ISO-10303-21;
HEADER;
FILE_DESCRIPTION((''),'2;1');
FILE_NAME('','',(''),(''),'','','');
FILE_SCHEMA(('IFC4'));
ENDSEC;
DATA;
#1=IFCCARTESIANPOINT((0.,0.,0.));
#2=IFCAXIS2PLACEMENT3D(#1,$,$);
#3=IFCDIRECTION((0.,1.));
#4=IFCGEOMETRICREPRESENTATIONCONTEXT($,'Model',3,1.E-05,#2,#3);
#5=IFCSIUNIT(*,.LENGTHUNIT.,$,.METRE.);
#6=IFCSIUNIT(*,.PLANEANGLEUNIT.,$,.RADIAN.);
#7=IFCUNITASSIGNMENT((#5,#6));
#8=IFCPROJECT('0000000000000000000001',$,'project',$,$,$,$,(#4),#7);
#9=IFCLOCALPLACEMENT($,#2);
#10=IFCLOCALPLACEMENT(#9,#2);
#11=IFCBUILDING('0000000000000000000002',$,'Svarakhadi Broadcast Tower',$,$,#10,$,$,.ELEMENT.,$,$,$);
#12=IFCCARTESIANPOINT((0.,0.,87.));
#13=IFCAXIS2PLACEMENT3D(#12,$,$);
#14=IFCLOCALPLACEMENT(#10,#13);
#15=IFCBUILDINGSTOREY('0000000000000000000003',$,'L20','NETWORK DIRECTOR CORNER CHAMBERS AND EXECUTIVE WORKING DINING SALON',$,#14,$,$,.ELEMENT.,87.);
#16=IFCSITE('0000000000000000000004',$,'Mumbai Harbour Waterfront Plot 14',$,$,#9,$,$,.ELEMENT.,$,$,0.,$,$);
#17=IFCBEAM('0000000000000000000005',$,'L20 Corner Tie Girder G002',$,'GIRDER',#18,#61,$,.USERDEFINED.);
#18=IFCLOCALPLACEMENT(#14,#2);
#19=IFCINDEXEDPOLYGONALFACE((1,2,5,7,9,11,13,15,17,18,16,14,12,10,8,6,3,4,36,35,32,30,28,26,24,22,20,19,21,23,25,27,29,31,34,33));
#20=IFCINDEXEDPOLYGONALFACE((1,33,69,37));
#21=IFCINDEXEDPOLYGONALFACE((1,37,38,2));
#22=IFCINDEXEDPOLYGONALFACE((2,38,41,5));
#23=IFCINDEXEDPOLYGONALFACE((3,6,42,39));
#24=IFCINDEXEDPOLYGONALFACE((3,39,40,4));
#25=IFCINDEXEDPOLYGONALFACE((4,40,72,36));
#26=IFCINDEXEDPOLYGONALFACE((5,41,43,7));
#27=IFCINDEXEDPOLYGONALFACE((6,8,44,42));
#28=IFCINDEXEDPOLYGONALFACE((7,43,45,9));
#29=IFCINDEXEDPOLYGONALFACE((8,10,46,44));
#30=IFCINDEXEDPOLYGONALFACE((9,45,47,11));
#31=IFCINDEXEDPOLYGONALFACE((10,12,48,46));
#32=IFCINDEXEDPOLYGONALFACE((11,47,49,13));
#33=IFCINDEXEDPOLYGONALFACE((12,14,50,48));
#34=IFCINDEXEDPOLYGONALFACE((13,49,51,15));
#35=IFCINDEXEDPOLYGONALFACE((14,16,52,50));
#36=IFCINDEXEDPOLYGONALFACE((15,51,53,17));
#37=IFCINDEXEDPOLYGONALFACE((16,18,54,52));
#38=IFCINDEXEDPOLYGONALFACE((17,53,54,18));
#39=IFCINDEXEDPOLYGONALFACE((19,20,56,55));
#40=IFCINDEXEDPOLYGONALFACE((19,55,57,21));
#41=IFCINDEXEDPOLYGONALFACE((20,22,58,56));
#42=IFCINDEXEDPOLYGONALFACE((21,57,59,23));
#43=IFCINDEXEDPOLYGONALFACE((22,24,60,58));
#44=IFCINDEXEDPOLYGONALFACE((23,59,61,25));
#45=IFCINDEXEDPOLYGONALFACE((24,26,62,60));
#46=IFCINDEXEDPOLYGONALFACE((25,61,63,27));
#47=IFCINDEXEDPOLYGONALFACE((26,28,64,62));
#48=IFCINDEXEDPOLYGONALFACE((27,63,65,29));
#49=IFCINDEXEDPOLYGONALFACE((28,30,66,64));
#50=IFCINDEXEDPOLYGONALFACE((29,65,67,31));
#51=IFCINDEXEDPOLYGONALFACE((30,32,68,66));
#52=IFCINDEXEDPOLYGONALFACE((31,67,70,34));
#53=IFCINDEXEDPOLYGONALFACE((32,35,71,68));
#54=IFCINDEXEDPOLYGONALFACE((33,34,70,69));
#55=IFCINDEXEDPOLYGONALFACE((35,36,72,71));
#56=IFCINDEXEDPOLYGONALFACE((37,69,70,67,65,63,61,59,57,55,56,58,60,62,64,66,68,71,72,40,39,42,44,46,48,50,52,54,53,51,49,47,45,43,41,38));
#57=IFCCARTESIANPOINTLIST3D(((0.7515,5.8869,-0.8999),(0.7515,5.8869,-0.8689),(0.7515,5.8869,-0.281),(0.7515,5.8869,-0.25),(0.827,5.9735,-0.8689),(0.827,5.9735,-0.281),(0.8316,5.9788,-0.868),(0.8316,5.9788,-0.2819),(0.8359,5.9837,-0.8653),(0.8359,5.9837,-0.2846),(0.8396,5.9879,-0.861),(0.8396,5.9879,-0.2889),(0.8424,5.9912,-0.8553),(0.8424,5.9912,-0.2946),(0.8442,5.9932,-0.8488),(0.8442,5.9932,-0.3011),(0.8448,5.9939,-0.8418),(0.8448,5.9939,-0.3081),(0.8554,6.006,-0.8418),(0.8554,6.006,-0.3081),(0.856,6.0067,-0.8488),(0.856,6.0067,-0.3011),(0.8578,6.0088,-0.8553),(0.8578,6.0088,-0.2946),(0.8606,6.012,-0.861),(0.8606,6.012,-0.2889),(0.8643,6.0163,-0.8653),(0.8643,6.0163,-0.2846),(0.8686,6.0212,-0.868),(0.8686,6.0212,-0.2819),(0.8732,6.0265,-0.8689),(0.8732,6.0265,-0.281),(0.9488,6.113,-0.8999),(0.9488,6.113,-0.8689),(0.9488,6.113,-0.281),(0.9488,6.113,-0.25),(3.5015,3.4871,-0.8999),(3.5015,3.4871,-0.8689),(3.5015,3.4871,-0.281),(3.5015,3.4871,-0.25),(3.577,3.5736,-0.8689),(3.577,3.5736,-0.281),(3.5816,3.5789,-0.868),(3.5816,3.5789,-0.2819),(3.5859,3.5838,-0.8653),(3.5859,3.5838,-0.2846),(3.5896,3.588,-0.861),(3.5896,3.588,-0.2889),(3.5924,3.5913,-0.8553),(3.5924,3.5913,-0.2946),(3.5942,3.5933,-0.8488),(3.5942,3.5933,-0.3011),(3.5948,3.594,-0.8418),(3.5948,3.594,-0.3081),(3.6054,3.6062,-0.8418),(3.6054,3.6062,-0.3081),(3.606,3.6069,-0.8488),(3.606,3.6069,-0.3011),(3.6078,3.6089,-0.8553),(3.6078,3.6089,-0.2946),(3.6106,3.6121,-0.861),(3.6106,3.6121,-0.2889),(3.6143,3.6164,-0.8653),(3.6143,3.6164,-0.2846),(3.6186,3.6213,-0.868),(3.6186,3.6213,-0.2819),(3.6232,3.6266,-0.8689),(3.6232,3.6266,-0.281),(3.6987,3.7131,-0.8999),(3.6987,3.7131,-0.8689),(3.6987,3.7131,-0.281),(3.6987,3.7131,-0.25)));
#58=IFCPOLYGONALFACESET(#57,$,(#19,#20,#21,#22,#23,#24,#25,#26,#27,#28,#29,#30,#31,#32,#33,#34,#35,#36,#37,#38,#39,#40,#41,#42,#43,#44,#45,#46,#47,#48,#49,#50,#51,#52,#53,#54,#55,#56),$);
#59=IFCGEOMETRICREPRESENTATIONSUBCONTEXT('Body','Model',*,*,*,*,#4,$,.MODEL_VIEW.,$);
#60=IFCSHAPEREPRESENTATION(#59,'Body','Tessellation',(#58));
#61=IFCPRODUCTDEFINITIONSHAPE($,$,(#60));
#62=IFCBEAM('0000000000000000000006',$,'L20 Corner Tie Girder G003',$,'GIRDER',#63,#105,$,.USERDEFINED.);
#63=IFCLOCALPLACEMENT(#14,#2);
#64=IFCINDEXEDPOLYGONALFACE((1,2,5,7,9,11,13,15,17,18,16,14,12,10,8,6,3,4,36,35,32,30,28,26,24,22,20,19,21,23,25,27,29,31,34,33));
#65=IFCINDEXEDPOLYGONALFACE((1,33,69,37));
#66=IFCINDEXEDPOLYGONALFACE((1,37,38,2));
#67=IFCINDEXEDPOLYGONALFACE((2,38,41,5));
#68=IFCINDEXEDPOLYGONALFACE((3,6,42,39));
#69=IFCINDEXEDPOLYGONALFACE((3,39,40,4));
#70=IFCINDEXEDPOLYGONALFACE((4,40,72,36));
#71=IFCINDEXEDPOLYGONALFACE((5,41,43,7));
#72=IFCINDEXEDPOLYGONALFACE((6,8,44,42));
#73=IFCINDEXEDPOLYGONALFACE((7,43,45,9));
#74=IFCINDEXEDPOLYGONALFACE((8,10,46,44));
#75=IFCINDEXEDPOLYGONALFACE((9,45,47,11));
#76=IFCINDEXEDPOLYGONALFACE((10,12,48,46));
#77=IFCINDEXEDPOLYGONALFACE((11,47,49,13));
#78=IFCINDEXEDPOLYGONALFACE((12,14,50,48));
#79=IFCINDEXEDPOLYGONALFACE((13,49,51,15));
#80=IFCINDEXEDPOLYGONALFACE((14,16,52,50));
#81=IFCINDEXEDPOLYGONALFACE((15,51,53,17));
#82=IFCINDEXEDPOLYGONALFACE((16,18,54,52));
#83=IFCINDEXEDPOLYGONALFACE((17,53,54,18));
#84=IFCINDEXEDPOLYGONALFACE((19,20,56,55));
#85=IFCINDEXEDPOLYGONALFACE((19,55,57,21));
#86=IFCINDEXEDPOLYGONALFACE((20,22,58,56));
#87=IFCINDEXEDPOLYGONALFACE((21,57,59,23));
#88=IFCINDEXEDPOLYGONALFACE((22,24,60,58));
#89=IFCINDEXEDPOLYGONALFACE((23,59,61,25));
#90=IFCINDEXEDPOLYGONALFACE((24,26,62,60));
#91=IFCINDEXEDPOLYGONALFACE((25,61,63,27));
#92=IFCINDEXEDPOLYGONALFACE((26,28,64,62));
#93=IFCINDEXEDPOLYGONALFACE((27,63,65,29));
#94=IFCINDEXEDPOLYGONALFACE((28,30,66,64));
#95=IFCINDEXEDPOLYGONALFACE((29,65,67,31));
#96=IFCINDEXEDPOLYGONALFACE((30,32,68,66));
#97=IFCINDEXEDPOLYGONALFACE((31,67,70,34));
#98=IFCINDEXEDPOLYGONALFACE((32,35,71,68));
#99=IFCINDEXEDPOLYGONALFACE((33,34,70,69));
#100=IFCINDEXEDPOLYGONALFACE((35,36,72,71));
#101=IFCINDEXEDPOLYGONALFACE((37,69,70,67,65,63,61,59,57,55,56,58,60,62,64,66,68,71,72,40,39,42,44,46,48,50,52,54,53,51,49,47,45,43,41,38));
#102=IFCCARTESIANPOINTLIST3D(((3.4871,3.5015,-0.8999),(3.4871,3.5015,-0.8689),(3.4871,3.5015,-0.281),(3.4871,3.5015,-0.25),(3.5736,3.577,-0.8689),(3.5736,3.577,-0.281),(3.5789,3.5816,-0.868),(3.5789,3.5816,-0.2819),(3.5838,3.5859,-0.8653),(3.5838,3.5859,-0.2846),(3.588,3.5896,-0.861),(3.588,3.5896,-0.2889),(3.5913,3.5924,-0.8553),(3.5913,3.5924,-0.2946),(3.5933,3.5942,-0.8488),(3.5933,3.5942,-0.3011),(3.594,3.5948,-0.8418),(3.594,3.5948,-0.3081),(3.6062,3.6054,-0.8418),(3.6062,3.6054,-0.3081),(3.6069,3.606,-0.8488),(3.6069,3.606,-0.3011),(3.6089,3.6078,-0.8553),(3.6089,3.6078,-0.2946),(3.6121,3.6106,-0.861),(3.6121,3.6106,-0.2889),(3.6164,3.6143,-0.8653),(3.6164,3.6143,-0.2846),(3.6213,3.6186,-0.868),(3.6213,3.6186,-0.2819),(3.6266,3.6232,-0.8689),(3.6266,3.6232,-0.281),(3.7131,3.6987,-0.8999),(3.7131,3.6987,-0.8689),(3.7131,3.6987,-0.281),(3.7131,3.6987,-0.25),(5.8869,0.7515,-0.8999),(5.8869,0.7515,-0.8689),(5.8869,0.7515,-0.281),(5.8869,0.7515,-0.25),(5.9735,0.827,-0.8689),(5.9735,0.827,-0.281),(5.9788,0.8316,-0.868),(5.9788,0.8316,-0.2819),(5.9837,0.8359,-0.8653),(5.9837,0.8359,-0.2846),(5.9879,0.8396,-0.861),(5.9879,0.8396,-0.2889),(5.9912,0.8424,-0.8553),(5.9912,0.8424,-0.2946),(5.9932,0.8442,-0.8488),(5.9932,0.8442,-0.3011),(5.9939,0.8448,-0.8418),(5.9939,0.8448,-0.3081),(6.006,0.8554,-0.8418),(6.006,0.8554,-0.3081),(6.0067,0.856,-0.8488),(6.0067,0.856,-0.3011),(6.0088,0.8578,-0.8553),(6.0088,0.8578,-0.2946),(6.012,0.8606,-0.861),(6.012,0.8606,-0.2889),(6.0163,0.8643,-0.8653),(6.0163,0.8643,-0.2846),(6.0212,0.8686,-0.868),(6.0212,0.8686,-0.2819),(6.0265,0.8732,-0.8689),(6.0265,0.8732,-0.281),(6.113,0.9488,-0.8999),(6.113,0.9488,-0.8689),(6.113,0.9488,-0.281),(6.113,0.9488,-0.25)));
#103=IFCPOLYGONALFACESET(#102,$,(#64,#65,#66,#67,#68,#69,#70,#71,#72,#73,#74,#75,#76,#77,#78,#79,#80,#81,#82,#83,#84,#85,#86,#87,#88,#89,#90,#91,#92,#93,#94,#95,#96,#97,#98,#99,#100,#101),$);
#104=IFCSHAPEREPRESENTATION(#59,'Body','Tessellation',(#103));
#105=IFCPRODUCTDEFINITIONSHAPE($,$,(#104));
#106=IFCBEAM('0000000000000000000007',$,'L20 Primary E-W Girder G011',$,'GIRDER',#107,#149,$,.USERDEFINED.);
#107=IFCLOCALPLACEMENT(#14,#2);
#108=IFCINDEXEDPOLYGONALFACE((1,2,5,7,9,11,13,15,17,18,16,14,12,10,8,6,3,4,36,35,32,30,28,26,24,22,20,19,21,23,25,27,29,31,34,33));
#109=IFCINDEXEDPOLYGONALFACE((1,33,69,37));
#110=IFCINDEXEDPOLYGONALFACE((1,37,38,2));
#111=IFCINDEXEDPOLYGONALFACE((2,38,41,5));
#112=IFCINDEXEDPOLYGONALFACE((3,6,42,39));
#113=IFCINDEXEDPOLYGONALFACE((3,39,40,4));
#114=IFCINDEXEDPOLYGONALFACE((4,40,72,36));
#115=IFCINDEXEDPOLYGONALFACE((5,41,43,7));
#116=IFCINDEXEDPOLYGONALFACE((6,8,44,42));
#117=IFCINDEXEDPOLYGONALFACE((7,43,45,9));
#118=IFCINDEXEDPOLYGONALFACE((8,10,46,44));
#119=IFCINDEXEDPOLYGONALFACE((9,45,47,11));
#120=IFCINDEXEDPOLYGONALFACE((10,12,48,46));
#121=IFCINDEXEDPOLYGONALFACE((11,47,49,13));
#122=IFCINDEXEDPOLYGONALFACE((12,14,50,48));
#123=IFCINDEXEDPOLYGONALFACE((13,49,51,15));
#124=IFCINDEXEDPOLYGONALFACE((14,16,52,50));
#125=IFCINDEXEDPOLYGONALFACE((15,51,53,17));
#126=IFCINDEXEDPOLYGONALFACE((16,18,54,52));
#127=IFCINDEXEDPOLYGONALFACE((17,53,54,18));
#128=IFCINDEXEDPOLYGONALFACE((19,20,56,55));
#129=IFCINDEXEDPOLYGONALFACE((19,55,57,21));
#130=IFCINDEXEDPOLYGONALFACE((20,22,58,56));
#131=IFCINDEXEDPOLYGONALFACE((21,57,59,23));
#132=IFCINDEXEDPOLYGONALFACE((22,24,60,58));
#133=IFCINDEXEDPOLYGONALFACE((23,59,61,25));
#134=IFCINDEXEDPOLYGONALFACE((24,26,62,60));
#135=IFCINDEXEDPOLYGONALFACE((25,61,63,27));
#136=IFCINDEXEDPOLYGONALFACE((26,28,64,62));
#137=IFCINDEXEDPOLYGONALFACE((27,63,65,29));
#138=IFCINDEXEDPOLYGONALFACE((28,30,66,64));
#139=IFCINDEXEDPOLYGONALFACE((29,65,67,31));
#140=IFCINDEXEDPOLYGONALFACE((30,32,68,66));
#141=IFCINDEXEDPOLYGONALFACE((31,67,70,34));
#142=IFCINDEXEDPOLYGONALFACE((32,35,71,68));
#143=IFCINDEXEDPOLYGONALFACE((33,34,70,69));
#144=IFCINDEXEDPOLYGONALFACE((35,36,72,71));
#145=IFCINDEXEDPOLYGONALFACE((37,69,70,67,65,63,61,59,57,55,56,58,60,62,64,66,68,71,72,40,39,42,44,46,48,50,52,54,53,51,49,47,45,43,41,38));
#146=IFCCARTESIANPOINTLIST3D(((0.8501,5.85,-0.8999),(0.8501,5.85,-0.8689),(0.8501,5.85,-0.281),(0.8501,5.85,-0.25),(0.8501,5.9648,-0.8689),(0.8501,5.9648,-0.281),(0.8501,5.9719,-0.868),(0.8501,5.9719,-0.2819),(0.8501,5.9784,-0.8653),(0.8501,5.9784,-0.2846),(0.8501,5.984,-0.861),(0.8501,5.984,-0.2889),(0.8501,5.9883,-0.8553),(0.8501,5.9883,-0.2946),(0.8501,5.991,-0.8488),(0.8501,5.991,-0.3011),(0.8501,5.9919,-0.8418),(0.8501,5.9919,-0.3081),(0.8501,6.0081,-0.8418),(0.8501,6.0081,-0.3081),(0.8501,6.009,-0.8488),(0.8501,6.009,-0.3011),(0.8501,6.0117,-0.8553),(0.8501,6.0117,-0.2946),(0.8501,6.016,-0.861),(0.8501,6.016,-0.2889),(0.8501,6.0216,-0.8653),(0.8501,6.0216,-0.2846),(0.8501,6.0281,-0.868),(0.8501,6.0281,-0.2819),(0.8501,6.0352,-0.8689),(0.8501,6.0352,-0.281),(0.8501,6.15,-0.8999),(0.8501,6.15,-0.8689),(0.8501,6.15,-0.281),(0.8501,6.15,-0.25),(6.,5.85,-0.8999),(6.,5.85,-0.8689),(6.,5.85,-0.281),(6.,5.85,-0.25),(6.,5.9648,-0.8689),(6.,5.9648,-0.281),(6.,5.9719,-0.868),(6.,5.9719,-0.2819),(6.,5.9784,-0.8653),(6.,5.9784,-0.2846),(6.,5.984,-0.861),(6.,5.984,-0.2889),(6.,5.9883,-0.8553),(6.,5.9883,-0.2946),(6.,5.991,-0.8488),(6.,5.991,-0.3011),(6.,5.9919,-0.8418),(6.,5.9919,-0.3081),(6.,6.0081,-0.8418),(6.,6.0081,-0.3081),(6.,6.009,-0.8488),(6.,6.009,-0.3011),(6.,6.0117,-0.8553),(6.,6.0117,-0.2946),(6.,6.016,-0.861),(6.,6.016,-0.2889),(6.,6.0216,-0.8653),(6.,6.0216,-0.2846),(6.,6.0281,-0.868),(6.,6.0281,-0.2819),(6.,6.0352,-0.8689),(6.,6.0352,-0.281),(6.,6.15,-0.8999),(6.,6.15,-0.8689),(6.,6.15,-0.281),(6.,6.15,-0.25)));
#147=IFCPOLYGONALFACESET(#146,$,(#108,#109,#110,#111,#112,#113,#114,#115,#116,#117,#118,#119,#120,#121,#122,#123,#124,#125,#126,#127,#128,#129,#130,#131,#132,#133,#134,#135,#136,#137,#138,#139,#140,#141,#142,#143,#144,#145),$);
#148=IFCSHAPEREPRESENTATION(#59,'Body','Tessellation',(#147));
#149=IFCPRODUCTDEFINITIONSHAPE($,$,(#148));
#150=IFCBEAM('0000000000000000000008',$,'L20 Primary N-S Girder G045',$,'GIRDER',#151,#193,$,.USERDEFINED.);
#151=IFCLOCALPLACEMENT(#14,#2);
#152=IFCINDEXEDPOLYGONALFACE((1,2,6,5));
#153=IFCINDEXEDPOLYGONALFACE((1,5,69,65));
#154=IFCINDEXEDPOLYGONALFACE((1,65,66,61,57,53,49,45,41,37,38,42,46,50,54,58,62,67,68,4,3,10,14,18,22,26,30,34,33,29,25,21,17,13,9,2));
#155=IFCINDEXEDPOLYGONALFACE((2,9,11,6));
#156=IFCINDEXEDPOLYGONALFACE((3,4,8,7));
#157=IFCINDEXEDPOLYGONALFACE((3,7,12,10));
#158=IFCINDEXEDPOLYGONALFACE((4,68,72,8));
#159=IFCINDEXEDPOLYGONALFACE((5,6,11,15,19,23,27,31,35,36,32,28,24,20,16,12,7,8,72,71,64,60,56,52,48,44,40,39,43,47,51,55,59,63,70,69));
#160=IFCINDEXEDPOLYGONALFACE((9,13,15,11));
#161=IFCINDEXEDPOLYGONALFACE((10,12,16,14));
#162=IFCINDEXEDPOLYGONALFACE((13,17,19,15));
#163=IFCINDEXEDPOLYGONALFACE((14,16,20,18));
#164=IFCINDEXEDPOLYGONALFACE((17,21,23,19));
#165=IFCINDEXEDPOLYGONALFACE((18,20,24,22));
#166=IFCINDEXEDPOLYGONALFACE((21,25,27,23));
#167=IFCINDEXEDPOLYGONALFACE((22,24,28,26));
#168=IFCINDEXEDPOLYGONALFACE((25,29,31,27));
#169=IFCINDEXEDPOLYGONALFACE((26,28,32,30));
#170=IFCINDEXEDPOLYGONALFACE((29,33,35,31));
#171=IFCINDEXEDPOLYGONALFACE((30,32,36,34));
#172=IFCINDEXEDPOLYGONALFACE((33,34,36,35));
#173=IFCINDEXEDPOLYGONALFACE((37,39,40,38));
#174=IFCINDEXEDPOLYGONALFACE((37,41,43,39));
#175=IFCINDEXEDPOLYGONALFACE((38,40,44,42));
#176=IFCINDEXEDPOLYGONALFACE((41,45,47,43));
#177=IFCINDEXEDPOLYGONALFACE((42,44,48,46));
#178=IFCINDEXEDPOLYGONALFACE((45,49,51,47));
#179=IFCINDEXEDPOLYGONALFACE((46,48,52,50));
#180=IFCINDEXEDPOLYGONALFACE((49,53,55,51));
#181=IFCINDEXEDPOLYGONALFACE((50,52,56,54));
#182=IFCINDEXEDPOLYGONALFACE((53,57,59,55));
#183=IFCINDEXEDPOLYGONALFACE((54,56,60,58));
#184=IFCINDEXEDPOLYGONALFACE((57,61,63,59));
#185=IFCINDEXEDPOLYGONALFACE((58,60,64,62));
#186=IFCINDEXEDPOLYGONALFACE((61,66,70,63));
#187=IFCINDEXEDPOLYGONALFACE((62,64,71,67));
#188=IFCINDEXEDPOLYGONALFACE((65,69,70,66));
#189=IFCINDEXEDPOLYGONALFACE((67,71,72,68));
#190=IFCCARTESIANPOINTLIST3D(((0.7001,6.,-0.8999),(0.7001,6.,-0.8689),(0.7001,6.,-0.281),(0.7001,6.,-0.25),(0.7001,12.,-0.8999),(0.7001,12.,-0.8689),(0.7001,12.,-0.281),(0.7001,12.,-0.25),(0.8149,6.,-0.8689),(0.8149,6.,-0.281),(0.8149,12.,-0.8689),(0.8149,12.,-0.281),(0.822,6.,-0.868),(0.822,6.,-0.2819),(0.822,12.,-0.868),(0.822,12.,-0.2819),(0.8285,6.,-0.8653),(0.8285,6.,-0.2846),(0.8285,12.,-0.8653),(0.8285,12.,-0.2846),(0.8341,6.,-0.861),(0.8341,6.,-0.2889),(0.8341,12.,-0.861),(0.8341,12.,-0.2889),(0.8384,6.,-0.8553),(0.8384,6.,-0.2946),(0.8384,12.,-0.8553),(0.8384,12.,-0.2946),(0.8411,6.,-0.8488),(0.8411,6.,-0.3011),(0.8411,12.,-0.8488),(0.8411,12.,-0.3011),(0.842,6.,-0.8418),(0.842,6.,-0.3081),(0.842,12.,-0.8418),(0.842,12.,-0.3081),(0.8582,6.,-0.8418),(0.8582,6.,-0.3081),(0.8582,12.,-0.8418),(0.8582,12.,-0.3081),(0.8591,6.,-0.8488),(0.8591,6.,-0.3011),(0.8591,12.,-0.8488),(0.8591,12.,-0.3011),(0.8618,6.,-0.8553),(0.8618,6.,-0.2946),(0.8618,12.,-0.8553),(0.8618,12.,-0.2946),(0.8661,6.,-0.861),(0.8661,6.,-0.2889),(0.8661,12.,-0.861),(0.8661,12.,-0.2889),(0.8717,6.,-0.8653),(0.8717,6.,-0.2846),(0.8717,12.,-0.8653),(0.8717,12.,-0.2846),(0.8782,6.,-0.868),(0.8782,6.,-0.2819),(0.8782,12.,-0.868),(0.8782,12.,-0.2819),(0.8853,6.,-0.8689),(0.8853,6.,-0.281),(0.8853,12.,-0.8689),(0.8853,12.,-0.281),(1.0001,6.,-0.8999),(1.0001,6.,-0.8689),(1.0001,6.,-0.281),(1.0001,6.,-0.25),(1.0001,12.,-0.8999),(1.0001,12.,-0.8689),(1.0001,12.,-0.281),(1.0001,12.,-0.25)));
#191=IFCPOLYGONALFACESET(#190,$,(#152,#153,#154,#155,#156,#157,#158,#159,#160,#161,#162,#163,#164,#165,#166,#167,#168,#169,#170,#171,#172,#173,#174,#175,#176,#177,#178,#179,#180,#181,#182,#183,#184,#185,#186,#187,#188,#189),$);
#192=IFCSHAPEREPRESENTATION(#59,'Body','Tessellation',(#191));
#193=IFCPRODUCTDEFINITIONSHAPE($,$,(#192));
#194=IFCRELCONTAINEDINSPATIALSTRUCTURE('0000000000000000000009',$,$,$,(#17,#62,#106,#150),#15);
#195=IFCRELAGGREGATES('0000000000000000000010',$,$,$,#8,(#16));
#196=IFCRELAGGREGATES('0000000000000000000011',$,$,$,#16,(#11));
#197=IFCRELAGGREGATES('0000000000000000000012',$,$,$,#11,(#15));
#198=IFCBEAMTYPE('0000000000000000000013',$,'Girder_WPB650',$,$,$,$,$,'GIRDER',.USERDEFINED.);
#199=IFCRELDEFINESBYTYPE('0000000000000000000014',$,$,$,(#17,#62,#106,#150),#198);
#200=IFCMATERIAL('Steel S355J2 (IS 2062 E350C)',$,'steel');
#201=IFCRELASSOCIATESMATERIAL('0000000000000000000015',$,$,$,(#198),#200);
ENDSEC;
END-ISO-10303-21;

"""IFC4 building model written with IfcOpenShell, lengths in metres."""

from ifc_helpers import new_model, si_unit, direction, frame, origin, origin_2d, place, context, subcontext, project, spatial, i_section, extrude, material, material_profile, profile_set, type_object, element, save


model = new_model("IFC4")

# Units and contexts
model_context = context("Model", 3, precision=1e-05, world=origin(), true_north=direction((0.0, 1.0)))
body_context = subcontext(model_context, "Body", "Model", "MODEL_VIEW")
ifc_project = project(units=[si_unit("LENGTHUNIT", "METRE"), si_unit("PLANEANGLEUNIT", "RADIAN")], contexts=[model_context])

# Site, building, storey
site_placement = place(None, origin())
site = spatial("IfcSite", under=ifc_project, at=site_placement, Name="Mumbai Harbour Waterfront Plot 14", CompositionType="ELEMENT", RefElevation=0.0)
building_placement = place(site_placement, origin())
building = spatial("IfcBuilding", under=site, at=building_placement, Name="Svarakhadi Broadcast Tower", CompositionType="ELEMENT")
storey_placement = place(building_placement, frame((0.0, 0.0, 87.0)))
storey = spatial("IfcBuildingStorey", under=building, at=storey_placement, Name="L20", Description="NETWORK DIRECTOR CORNER CHAMBERS AND EXECUTIVE WORKING DINING SALON", CompositionType="ELEMENT", Elevation=87.0)

# Beams
ifc_material_1 = material(Name="Steel S355J2 (IS 2062 E350C)", Category="steel")
ifc_material_profile_1 = material_profile(ifc_material_1, i_section(OverallWidth=0.3, OverallDepth=0.6499, WebThickness=0.0161, FlangeThickness=0.031, FilletRadius=0.0271, at=origin_2d()), Name="WPB 650x300x225")
ifc_profile_set_1 = profile_set([ifc_material_profile_1], Name="Steel S355J2 (IS 2062 E350C)")
beam_type = type_object("IfcBeamType", Name="Girder_WPB650", ElementType="GIRDER", PredefinedType="USERDEFINED", material=ifc_profile_set_1)
for number, where, z_axis, x_axis, name in (
    (1, (3.6001, 3.6001, -0.575), (-0.753438, 0.657519, 0.0), (-0.657519, -0.753438, 0.0), "L20 Corner Tie Girder G002"),
    (2, (3.6001, 3.6001, -0.575), (0.657519, -0.753438, 0.0), (0.753438, 0.657519, 0.0), "L20 Corner Tie Girder G003"),
):
    element("IfcBeam", number, at=place(storey_placement, frame(where, z_axis=z_axis, x_axis=x_axis)), inside=storey, type_object=beam_type, Name=name, ObjectType="GIRDER", PredefinedType="USERDEFINED", context=body_context, shape_type="SweptSolid", body=[
        extrude(i_section(OverallWidth=0.3, OverallDepth=0.6499, WebThickness=0.0161, FlangeThickness=0.031, FilletRadius=0.0271, at=origin_2d()), origin(), (0.0, 0.0, 1.0), 3.6499),
    ])
beam_1_placement = place(storey_placement, frame((0.8501, 6.0, -0.575), z_axis=(1.0, 0.0, 0.0), x_axis=(0.0, 1.0, 0.0)))
element("IfcBeam", 3, at=beam_1_placement, inside=storey, type_object=beam_type, Name="L20 Primary E-W Girder G011", ObjectType="GIRDER", PredefinedType="USERDEFINED", context=body_context, shape_type="SweptSolid", body=[
    extrude(i_section(OverallWidth=0.3, OverallDepth=0.6499, WebThickness=0.0161, FlangeThickness=0.031, FilletRadius=0.0271, at=origin_2d()), origin(), (0.0, 0.0, 1.0), 5.1499),
])
beam_2_placement = place(storey_placement, frame((0.8501, 6.0, -0.575), z_axis=(0.0, 1.0, 0.0), x_axis=(-1.0, 0.0, 0.0)))
element("IfcBeam", 4, at=beam_2_placement, inside=storey, type_object=beam_type, Name="L20 Primary N-S Girder G045", ObjectType="GIRDER", PredefinedType="USERDEFINED", context=body_context, shape_type="SweptSolid", body=[
    extrude(i_section(OverallWidth=0.3, OverallDepth=0.6499, WebThickness=0.0161, FlangeThickness=0.031, FilletRadius=0.0271, at=origin_2d()), origin(), (0.0, 0.0, 1.0), 6.0),
])

save(model, "model.ifc")
